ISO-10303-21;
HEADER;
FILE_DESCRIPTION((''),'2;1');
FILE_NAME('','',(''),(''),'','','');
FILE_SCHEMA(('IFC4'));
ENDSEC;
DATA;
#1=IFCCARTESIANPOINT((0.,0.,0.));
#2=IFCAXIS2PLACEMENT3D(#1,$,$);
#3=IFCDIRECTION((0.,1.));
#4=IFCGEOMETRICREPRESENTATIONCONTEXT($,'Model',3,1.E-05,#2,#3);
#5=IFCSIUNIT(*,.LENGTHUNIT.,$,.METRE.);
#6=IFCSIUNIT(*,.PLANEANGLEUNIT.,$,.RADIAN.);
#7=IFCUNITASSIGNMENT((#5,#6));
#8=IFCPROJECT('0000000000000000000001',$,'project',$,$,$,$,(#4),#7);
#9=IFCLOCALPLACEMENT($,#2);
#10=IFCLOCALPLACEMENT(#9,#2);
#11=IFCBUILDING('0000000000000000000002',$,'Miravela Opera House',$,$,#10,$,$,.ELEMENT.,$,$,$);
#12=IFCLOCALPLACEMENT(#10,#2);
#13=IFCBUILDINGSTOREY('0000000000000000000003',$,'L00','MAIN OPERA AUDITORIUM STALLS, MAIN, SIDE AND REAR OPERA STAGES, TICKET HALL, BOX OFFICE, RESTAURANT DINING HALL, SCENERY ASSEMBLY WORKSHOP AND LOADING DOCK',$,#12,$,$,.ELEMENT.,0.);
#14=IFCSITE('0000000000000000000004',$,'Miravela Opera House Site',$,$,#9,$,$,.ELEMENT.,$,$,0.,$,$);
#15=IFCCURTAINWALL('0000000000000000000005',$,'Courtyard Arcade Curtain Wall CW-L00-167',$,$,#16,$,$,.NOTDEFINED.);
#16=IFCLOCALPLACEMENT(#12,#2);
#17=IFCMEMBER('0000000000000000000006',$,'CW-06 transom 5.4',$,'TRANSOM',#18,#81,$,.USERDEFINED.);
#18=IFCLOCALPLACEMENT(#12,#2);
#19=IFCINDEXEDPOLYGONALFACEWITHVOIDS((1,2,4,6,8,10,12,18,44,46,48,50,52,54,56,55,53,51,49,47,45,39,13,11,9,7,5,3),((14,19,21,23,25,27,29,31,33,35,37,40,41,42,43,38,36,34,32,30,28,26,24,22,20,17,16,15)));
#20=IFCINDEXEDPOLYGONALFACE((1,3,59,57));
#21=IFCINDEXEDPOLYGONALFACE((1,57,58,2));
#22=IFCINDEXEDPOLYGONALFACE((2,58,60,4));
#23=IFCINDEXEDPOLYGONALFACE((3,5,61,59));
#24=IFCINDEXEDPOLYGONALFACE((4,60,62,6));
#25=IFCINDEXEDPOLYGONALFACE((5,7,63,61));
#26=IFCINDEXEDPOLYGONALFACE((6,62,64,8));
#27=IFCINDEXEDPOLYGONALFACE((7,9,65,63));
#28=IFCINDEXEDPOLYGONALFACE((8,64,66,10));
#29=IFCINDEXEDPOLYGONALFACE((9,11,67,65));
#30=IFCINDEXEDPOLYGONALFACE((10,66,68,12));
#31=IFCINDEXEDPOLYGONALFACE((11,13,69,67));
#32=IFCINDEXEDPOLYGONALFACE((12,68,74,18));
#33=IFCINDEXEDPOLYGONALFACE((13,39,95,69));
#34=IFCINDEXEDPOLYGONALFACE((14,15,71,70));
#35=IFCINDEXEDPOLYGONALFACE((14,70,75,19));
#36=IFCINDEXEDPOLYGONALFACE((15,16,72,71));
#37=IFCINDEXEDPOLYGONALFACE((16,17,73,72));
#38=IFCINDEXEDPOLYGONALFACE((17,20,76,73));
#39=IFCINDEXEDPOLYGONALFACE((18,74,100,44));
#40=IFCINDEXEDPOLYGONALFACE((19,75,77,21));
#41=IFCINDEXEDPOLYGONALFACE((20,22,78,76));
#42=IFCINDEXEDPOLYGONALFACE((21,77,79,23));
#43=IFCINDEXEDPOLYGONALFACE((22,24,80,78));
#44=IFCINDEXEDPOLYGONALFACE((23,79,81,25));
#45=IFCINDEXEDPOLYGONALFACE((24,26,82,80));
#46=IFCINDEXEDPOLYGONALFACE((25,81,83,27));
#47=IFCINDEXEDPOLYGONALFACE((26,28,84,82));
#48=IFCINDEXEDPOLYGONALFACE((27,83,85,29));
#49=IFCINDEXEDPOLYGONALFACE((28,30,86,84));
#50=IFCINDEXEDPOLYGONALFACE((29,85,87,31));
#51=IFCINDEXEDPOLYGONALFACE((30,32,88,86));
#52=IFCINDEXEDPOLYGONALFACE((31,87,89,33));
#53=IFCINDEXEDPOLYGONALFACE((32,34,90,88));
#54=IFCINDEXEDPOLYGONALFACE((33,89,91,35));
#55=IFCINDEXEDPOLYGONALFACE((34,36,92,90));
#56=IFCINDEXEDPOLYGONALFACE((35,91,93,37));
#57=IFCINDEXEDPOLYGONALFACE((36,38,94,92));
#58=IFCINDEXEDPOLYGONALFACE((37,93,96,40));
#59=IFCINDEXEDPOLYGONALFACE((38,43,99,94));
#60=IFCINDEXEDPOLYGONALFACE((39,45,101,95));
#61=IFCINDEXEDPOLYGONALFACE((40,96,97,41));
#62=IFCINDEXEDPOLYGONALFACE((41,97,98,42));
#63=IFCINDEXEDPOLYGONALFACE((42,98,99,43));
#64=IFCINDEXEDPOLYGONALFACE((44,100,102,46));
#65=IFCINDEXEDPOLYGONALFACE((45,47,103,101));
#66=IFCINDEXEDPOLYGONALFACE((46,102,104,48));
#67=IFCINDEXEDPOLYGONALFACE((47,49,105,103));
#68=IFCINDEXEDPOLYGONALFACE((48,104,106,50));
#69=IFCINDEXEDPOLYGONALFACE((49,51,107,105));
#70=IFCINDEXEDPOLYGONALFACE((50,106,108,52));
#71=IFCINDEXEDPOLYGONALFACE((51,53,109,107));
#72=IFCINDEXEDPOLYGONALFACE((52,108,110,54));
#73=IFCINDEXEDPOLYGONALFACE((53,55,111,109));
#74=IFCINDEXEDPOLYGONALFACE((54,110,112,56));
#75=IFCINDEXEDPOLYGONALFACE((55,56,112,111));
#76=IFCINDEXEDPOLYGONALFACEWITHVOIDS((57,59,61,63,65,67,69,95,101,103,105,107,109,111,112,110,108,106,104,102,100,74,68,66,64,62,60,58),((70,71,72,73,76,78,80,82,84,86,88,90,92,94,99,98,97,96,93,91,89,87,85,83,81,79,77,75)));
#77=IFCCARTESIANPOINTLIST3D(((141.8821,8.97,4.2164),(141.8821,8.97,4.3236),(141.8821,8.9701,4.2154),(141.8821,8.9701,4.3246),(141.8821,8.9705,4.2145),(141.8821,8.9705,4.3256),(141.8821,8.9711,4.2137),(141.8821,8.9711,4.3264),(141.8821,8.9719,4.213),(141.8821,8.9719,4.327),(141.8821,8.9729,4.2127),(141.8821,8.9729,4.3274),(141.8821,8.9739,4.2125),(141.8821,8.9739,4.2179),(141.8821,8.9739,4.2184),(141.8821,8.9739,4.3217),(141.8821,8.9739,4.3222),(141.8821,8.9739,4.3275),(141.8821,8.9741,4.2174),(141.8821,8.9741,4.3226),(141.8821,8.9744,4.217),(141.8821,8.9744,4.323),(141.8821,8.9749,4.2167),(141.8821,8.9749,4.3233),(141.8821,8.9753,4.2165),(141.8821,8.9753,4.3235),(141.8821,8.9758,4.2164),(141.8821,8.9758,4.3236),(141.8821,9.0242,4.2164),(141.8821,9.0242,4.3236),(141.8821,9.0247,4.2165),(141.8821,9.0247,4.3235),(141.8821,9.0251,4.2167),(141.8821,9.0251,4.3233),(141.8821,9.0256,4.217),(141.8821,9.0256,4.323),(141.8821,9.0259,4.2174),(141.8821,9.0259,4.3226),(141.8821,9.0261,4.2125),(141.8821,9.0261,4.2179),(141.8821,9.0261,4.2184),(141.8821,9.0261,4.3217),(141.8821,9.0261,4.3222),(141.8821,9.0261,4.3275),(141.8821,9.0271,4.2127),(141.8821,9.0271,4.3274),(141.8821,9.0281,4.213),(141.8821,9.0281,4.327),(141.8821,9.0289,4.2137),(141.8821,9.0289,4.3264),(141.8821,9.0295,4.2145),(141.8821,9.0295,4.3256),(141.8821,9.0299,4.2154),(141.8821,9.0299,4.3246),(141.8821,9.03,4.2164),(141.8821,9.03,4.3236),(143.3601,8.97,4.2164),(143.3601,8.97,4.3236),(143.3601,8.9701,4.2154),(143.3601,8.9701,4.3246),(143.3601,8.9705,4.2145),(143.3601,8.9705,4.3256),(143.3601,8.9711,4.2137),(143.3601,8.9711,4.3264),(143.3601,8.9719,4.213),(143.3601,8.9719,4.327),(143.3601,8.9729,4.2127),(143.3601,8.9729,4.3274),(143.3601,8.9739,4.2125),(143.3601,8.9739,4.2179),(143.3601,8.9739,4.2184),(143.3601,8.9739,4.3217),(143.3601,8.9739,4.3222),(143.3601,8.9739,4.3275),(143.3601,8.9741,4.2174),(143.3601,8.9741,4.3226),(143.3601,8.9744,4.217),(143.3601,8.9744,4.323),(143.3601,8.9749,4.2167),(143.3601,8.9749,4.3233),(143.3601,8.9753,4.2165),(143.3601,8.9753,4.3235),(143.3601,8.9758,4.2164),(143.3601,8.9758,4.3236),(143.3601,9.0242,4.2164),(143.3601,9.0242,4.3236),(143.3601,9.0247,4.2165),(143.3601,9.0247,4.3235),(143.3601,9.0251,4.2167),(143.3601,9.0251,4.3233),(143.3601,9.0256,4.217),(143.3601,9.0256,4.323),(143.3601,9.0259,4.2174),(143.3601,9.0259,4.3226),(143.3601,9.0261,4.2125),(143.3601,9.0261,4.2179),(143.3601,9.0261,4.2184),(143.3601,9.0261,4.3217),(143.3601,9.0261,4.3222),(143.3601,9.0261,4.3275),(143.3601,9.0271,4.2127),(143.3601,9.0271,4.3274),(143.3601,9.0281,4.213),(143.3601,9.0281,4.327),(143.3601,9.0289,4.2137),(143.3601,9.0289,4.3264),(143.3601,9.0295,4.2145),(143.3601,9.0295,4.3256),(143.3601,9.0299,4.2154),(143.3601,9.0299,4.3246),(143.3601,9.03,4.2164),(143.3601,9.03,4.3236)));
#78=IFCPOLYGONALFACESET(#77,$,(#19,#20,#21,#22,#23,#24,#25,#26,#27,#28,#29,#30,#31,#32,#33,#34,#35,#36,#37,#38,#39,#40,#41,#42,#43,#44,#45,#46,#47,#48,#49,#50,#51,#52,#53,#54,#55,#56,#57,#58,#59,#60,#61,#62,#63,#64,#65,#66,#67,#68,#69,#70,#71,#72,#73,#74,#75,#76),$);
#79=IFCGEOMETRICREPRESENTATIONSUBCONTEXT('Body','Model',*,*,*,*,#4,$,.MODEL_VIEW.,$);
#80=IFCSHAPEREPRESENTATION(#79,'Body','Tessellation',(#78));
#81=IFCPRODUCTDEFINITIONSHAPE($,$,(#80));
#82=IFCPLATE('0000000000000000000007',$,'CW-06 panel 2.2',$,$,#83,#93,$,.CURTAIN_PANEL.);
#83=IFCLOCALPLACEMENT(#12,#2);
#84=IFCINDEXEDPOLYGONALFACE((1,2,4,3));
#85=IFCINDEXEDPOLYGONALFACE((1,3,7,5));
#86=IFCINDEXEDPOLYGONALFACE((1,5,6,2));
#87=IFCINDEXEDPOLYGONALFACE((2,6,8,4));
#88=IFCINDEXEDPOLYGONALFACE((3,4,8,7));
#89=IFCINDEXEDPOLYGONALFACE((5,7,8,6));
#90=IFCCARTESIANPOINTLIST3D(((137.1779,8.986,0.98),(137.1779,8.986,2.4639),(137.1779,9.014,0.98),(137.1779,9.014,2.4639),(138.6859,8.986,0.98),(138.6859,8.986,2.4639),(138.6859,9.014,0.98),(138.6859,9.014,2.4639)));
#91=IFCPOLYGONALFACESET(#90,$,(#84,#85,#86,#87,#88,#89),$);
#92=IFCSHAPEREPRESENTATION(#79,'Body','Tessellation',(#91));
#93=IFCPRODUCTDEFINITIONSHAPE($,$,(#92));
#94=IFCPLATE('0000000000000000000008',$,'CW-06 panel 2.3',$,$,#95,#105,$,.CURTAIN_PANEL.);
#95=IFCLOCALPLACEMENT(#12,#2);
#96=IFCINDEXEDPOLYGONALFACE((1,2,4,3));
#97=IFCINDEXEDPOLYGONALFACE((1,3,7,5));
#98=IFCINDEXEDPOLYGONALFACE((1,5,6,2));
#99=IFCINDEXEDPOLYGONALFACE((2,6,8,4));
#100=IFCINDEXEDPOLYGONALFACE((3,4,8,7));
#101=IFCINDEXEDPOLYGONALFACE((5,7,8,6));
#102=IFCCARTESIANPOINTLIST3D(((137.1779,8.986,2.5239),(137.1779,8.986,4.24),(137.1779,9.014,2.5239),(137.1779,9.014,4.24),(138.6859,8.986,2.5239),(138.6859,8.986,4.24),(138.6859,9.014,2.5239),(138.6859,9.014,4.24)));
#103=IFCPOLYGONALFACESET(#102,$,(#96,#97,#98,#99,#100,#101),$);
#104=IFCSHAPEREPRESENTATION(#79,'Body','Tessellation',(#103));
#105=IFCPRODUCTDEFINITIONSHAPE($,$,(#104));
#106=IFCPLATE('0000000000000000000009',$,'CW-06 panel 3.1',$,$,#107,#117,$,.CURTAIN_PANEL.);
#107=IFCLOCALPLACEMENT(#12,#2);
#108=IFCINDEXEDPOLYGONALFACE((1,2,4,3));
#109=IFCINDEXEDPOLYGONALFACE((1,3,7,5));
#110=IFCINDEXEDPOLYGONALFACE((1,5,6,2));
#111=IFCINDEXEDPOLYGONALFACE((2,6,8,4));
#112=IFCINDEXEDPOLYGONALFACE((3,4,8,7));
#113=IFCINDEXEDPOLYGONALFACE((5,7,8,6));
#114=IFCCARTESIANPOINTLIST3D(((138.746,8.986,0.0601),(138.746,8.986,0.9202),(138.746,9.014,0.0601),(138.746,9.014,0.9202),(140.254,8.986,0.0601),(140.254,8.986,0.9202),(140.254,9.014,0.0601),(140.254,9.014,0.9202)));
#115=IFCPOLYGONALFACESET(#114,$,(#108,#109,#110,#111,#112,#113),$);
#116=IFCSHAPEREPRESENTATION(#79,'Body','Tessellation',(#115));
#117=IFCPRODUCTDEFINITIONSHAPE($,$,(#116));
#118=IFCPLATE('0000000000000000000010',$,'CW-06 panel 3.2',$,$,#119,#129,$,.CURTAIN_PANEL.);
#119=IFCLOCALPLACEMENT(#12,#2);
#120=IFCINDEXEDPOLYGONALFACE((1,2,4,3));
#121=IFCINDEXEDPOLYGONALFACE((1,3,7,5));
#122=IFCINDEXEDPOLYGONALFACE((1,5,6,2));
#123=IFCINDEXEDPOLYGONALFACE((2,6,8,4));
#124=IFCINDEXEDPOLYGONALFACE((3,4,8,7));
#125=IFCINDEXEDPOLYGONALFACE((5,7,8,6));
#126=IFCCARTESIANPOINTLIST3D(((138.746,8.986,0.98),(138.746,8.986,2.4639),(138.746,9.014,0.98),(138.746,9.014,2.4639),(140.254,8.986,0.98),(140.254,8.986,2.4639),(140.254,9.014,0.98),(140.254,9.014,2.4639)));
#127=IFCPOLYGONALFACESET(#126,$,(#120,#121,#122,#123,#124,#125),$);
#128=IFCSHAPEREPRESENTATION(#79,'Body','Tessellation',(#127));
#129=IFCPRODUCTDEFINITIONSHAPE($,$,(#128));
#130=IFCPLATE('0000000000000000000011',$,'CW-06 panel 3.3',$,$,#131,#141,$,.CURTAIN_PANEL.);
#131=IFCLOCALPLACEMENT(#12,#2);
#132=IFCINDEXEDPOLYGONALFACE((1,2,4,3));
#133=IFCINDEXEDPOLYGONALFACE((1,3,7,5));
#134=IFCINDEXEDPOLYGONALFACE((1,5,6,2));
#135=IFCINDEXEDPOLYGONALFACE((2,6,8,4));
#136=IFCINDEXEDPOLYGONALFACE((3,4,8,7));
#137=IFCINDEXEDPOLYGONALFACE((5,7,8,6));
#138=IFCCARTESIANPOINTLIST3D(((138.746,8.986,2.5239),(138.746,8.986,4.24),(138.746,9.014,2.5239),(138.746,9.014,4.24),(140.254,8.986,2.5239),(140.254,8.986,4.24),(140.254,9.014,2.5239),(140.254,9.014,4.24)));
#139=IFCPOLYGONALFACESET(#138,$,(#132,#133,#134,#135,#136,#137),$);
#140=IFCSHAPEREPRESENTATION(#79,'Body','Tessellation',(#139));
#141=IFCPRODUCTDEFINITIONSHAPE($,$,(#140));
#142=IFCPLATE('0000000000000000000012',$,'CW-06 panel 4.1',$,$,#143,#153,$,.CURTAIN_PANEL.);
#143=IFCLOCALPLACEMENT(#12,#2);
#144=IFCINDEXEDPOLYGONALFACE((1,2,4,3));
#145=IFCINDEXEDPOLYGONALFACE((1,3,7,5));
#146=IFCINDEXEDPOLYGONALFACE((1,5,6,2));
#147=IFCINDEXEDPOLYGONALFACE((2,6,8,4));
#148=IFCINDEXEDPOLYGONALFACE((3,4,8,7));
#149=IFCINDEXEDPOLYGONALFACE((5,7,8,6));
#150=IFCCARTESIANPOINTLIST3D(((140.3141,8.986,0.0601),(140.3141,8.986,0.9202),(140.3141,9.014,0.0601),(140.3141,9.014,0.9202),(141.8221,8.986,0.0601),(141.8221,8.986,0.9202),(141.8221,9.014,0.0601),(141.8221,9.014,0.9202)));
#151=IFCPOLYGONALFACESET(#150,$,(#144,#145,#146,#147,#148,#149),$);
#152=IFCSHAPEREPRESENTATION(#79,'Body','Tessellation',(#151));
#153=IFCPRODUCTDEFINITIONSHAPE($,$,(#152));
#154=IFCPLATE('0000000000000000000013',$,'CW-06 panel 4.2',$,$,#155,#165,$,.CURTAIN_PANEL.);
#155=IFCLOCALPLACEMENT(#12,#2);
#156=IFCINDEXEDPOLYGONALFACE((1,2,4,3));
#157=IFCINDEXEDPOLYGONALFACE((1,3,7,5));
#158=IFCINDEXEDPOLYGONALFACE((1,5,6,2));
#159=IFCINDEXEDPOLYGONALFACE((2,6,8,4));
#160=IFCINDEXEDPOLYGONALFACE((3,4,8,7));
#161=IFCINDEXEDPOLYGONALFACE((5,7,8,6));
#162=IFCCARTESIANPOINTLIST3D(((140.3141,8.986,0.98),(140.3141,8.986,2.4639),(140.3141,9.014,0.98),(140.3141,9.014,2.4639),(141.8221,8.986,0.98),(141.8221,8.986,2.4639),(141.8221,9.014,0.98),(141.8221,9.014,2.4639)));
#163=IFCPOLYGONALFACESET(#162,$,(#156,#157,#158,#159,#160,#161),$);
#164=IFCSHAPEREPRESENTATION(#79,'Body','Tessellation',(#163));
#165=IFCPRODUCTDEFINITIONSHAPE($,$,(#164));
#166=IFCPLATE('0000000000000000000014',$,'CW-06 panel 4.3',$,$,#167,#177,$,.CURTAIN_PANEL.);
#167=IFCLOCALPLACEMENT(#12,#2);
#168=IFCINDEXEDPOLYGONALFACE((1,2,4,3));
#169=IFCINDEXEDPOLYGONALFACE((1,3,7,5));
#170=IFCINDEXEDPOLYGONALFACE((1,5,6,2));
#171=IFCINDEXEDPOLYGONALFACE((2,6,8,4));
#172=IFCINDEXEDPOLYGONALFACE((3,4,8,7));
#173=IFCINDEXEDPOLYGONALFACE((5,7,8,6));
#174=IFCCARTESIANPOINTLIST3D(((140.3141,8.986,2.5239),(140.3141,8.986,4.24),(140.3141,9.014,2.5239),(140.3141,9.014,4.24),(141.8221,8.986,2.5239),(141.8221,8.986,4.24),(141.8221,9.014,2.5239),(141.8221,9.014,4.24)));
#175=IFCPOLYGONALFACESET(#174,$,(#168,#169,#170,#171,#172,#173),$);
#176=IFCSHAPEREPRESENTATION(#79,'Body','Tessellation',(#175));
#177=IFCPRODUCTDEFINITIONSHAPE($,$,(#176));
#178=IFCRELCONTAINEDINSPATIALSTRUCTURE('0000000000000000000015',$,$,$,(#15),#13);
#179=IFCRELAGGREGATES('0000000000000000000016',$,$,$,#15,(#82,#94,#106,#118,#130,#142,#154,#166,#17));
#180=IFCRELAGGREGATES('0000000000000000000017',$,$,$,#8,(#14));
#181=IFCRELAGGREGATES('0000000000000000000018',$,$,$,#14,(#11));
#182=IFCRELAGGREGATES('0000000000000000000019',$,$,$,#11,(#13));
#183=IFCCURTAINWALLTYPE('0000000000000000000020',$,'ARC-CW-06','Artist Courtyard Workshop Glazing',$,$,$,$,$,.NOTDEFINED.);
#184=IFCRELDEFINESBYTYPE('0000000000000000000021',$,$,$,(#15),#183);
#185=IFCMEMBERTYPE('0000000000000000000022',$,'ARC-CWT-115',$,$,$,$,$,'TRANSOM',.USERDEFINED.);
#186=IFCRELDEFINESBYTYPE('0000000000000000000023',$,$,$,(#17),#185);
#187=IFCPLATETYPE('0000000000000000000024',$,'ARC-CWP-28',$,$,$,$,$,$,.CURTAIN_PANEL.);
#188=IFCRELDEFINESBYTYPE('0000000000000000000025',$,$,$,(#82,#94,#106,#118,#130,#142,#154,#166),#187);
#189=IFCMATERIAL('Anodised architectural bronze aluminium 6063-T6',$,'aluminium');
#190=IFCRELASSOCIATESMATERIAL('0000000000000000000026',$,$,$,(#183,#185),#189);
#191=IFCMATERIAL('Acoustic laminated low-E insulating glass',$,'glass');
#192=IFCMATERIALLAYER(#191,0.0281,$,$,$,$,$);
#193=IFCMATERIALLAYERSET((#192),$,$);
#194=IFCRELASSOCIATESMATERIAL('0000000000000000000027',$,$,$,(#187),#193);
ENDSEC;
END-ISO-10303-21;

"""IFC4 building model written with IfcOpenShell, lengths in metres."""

from ifc_helpers import new_model, si_unit, direction, frame, origin, origin_2d, place, context, subcontext, project, spatial, rectangle, hollow_rectangle, extrude, material, layer, layer_set, material_profile, profile_set, type_object, element, aggregate, save


model = new_model("IFC4")

# Units and contexts
model_context = context("Model", 3, precision=1e-05, world=origin(), true_north=direction((0.0, 1.0)))
body_context = subcontext(model_context, "Body", "Model", "MODEL_VIEW")
ifc_project = project(units=[si_unit("LENGTHUNIT", "METRE"), si_unit("PLANEANGLEUNIT", "RADIAN")], contexts=[model_context])

# Site, building, storey
site_placement = place(None, origin())
site = spatial("IfcSite", under=ifc_project, at=site_placement, Name="Miravela Opera House Site", CompositionType="ELEMENT", RefElevation=0.0)
building_placement = place(site_placement, origin())
building = spatial("IfcBuilding", under=site, at=building_placement, Name="Miravela Opera House", CompositionType="ELEMENT")
storey_placement = place(building_placement, origin())
storey = spatial("IfcBuildingStorey", under=building, at=storey_placement, Name="L00", Description="MAIN OPERA AUDITORIUM STALLS, MAIN, SIDE AND REAR OPERA STAGES, TICKET HALL, BOX OFFICE, RESTAURANT DINING HALL, SCENERY ASSEMBLY WORKSHOP AND LOADING DOCK", CompositionType="ELEMENT", Elevation=0.0)

# Curtain wall, member, plates
ifc_material_1 = material(Name="Anodised architectural bronze aluminium 6063-T6", Category="aluminium")
curtain_wall_type = type_object("IfcCurtainWallType", Name="ARC-CW-06", Description="Artist Courtyard Workshop Glazing", PredefinedType="NOTDEFINED", material=ifc_material_1)
curtain_wall_placement = place(storey_placement, origin())
curtain_wall = element("IfcCurtainWall", 1, at=curtain_wall_placement, inside=storey, type_object=curtain_wall_type, Name="Courtyard Arcade Curtain Wall CW-L00-167", PredefinedType="NOTDEFINED")
ifc_material_profile_1 = material_profile(ifc_material_1, hollow_rectangle(XDim=0.0601, YDim=0.115, WallThickness=0.0039, InnerFilletRadius=0.002, OuterFilletRadius=0.0039, at=origin_2d()), Name="CWT-60X115")
ifc_profile_set_1 = profile_set([ifc_material_profile_1])
member_type_1 = type_object("IfcMemberType", Name="ARC-CWT-115", ElementType="TRANSOM", PredefinedType="USERDEFINED", material=ifc_profile_set_1)
member_1_placement = place(storey_placement, frame((141.8821, 9.0, 4.27), z_axis=(1.0, 0.0, 0.0), x_axis=(0.0, 1.0, 0.0)))
member_1 = element("IfcMember", 2, at=member_1_placement, type_object=member_type_1, Name="CW-06 transom 5.4", ObjectType="TRANSOM", PredefinedType="USERDEFINED", context=body_context, shape_type="SweptSolid", body=[
    extrude(hollow_rectangle(XDim=0.0601, YDim=0.115, WallThickness=0.0039, InnerFilletRadius=0.002, OuterFilletRadius=0.0039, at=origin_2d()), origin(), (0.0, 0.0, 1.0), 1.478),
])
ifc_material_2 = material(Name="Acoustic laminated low-E insulating glass", Category="glass")
ifc_layer = layer(ifc_material_2, 0.0281)
ifc_layer_set = layer_set([ifc_layer])
plate_type = type_object("IfcPlateType", Name="ARC-CWP-28", PredefinedType="CURTAIN_PANEL", material=ifc_layer_set)
plate_1_placement = place(storey_placement, frame((137.9319, 9.0, 0.98), z_axis=(0.0, 0.0, 1.0), x_axis=(1.0, 0.0, 0.0)))
plate_1 = element("IfcPlate", 3, at=plate_1_placement, type_object=plate_type, Name="CW-06 panel 2.2", PredefinedType="CURTAIN_PANEL", context=body_context, shape_type="SweptSolid", body=[
    extrude(rectangle(XDim=1.5081, YDim=0.0281, at=origin_2d()), origin(), (0.0, 0.0, 1.0), 1.4839),
])
plate_2_placement = place(storey_placement, frame((137.9319, 9.0, 2.5239), z_axis=(0.0, 0.0, 1.0), x_axis=(1.0, 0.0, 0.0)))
plate_2 = element("IfcPlate", 4, at=plate_2_placement, type_object=plate_type, Name="CW-06 panel 2.3", PredefinedType="CURTAIN_PANEL", context=body_context, shape_type="SweptSolid", body=[
    extrude(rectangle(XDim=1.5081, YDim=0.0281, at=origin_2d()), origin(), (0.0, 0.0, 1.0), 1.7161),
])
plate_3_placement = place(storey_placement, frame((139.5, 9.0, 0.0601), z_axis=(0.0, 0.0, 1.0), x_axis=(1.0, 0.0, 0.0)))
plate_3 = element("IfcPlate", 5, at=plate_3_placement, type_object=plate_type, Name="CW-06 panel 3.1", PredefinedType="CURTAIN_PANEL", context=body_context, shape_type="SweptSolid", body=[
    extrude(rectangle(XDim=1.5081, YDim=0.0281, at=origin_2d()), origin(), (0.0, 0.0, 1.0), 0.8601),
])
plate_4_placement = place(storey_placement, frame((139.5, 9.0, 0.98), z_axis=(0.0, 0.0, 1.0), x_axis=(1.0, 0.0, 0.0)))
plate_4 = element("IfcPlate", 6, at=plate_4_placement, type_object=plate_type, Name="CW-06 panel 3.2", PredefinedType="CURTAIN_PANEL", context=body_context, shape_type="SweptSolid", body=[
    extrude(rectangle(XDim=1.5081, YDim=0.0281, at=origin_2d()), origin(), (0.0, 0.0, 1.0), 1.4839),
])
plate_5_placement = place(storey_placement, frame((139.5, 9.0, 2.5239), z_axis=(0.0, 0.0, 1.0), x_axis=(1.0, 0.0, 0.0)))
plate_5 = element("IfcPlate", 7, at=plate_5_placement, type_object=plate_type, Name="CW-06 panel 3.3", PredefinedType="CURTAIN_PANEL", context=body_context, shape_type="SweptSolid", body=[
    extrude(rectangle(XDim=1.5081, YDim=0.0281, at=origin_2d()), origin(), (0.0, 0.0, 1.0), 1.7161),
])
plate_6_placement = place(storey_placement, frame((141.0681, 9.0, 0.0601), z_axis=(0.0, 0.0, 1.0), x_axis=(1.0, 0.0, 0.0)))
plate_6 = element("IfcPlate", 8, at=plate_6_placement, type_object=plate_type, Name="CW-06 panel 4.1", PredefinedType="CURTAIN_PANEL", context=body_context, shape_type="SweptSolid", body=[
    extrude(rectangle(XDim=1.5081, YDim=0.0281, at=origin_2d()), origin(), (0.0, 0.0, 1.0), 0.8601),
])
plate_7_placement = place(storey_placement, frame((141.0681, 9.0, 0.98), z_axis=(0.0, 0.0, 1.0), x_axis=(1.0, 0.0, 0.0)))
plate_7 = element("IfcPlate", 9, at=plate_7_placement, type_object=plate_type, Name="CW-06 panel 4.2", PredefinedType="CURTAIN_PANEL", context=body_context, shape_type="SweptSolid", body=[
    extrude(rectangle(XDim=1.5081, YDim=0.0281, at=origin_2d()), origin(), (0.0, 0.0, 1.0), 1.4839),
])
plate_8_placement = place(storey_placement, frame((141.0681, 9.0, 2.5239), z_axis=(0.0, 0.0, 1.0), x_axis=(1.0, 0.0, 0.0)))
plate_8 = element("IfcPlate", 10, at=plate_8_placement, type_object=plate_type, Name="CW-06 panel 4.3", PredefinedType="CURTAIN_PANEL", context=body_context, shape_type="SweptSolid", body=[
    extrude(rectangle(XDim=1.5081, YDim=0.0281, at=origin_2d()), origin(), (0.0, 0.0, 1.0), 1.7161),
])
aggregate(curtain_wall, [plate_1, plate_2, plate_3, plate_4, plate_5, plate_6, plate_7, plate_8, member_1])

save(model, "model.ifc")
